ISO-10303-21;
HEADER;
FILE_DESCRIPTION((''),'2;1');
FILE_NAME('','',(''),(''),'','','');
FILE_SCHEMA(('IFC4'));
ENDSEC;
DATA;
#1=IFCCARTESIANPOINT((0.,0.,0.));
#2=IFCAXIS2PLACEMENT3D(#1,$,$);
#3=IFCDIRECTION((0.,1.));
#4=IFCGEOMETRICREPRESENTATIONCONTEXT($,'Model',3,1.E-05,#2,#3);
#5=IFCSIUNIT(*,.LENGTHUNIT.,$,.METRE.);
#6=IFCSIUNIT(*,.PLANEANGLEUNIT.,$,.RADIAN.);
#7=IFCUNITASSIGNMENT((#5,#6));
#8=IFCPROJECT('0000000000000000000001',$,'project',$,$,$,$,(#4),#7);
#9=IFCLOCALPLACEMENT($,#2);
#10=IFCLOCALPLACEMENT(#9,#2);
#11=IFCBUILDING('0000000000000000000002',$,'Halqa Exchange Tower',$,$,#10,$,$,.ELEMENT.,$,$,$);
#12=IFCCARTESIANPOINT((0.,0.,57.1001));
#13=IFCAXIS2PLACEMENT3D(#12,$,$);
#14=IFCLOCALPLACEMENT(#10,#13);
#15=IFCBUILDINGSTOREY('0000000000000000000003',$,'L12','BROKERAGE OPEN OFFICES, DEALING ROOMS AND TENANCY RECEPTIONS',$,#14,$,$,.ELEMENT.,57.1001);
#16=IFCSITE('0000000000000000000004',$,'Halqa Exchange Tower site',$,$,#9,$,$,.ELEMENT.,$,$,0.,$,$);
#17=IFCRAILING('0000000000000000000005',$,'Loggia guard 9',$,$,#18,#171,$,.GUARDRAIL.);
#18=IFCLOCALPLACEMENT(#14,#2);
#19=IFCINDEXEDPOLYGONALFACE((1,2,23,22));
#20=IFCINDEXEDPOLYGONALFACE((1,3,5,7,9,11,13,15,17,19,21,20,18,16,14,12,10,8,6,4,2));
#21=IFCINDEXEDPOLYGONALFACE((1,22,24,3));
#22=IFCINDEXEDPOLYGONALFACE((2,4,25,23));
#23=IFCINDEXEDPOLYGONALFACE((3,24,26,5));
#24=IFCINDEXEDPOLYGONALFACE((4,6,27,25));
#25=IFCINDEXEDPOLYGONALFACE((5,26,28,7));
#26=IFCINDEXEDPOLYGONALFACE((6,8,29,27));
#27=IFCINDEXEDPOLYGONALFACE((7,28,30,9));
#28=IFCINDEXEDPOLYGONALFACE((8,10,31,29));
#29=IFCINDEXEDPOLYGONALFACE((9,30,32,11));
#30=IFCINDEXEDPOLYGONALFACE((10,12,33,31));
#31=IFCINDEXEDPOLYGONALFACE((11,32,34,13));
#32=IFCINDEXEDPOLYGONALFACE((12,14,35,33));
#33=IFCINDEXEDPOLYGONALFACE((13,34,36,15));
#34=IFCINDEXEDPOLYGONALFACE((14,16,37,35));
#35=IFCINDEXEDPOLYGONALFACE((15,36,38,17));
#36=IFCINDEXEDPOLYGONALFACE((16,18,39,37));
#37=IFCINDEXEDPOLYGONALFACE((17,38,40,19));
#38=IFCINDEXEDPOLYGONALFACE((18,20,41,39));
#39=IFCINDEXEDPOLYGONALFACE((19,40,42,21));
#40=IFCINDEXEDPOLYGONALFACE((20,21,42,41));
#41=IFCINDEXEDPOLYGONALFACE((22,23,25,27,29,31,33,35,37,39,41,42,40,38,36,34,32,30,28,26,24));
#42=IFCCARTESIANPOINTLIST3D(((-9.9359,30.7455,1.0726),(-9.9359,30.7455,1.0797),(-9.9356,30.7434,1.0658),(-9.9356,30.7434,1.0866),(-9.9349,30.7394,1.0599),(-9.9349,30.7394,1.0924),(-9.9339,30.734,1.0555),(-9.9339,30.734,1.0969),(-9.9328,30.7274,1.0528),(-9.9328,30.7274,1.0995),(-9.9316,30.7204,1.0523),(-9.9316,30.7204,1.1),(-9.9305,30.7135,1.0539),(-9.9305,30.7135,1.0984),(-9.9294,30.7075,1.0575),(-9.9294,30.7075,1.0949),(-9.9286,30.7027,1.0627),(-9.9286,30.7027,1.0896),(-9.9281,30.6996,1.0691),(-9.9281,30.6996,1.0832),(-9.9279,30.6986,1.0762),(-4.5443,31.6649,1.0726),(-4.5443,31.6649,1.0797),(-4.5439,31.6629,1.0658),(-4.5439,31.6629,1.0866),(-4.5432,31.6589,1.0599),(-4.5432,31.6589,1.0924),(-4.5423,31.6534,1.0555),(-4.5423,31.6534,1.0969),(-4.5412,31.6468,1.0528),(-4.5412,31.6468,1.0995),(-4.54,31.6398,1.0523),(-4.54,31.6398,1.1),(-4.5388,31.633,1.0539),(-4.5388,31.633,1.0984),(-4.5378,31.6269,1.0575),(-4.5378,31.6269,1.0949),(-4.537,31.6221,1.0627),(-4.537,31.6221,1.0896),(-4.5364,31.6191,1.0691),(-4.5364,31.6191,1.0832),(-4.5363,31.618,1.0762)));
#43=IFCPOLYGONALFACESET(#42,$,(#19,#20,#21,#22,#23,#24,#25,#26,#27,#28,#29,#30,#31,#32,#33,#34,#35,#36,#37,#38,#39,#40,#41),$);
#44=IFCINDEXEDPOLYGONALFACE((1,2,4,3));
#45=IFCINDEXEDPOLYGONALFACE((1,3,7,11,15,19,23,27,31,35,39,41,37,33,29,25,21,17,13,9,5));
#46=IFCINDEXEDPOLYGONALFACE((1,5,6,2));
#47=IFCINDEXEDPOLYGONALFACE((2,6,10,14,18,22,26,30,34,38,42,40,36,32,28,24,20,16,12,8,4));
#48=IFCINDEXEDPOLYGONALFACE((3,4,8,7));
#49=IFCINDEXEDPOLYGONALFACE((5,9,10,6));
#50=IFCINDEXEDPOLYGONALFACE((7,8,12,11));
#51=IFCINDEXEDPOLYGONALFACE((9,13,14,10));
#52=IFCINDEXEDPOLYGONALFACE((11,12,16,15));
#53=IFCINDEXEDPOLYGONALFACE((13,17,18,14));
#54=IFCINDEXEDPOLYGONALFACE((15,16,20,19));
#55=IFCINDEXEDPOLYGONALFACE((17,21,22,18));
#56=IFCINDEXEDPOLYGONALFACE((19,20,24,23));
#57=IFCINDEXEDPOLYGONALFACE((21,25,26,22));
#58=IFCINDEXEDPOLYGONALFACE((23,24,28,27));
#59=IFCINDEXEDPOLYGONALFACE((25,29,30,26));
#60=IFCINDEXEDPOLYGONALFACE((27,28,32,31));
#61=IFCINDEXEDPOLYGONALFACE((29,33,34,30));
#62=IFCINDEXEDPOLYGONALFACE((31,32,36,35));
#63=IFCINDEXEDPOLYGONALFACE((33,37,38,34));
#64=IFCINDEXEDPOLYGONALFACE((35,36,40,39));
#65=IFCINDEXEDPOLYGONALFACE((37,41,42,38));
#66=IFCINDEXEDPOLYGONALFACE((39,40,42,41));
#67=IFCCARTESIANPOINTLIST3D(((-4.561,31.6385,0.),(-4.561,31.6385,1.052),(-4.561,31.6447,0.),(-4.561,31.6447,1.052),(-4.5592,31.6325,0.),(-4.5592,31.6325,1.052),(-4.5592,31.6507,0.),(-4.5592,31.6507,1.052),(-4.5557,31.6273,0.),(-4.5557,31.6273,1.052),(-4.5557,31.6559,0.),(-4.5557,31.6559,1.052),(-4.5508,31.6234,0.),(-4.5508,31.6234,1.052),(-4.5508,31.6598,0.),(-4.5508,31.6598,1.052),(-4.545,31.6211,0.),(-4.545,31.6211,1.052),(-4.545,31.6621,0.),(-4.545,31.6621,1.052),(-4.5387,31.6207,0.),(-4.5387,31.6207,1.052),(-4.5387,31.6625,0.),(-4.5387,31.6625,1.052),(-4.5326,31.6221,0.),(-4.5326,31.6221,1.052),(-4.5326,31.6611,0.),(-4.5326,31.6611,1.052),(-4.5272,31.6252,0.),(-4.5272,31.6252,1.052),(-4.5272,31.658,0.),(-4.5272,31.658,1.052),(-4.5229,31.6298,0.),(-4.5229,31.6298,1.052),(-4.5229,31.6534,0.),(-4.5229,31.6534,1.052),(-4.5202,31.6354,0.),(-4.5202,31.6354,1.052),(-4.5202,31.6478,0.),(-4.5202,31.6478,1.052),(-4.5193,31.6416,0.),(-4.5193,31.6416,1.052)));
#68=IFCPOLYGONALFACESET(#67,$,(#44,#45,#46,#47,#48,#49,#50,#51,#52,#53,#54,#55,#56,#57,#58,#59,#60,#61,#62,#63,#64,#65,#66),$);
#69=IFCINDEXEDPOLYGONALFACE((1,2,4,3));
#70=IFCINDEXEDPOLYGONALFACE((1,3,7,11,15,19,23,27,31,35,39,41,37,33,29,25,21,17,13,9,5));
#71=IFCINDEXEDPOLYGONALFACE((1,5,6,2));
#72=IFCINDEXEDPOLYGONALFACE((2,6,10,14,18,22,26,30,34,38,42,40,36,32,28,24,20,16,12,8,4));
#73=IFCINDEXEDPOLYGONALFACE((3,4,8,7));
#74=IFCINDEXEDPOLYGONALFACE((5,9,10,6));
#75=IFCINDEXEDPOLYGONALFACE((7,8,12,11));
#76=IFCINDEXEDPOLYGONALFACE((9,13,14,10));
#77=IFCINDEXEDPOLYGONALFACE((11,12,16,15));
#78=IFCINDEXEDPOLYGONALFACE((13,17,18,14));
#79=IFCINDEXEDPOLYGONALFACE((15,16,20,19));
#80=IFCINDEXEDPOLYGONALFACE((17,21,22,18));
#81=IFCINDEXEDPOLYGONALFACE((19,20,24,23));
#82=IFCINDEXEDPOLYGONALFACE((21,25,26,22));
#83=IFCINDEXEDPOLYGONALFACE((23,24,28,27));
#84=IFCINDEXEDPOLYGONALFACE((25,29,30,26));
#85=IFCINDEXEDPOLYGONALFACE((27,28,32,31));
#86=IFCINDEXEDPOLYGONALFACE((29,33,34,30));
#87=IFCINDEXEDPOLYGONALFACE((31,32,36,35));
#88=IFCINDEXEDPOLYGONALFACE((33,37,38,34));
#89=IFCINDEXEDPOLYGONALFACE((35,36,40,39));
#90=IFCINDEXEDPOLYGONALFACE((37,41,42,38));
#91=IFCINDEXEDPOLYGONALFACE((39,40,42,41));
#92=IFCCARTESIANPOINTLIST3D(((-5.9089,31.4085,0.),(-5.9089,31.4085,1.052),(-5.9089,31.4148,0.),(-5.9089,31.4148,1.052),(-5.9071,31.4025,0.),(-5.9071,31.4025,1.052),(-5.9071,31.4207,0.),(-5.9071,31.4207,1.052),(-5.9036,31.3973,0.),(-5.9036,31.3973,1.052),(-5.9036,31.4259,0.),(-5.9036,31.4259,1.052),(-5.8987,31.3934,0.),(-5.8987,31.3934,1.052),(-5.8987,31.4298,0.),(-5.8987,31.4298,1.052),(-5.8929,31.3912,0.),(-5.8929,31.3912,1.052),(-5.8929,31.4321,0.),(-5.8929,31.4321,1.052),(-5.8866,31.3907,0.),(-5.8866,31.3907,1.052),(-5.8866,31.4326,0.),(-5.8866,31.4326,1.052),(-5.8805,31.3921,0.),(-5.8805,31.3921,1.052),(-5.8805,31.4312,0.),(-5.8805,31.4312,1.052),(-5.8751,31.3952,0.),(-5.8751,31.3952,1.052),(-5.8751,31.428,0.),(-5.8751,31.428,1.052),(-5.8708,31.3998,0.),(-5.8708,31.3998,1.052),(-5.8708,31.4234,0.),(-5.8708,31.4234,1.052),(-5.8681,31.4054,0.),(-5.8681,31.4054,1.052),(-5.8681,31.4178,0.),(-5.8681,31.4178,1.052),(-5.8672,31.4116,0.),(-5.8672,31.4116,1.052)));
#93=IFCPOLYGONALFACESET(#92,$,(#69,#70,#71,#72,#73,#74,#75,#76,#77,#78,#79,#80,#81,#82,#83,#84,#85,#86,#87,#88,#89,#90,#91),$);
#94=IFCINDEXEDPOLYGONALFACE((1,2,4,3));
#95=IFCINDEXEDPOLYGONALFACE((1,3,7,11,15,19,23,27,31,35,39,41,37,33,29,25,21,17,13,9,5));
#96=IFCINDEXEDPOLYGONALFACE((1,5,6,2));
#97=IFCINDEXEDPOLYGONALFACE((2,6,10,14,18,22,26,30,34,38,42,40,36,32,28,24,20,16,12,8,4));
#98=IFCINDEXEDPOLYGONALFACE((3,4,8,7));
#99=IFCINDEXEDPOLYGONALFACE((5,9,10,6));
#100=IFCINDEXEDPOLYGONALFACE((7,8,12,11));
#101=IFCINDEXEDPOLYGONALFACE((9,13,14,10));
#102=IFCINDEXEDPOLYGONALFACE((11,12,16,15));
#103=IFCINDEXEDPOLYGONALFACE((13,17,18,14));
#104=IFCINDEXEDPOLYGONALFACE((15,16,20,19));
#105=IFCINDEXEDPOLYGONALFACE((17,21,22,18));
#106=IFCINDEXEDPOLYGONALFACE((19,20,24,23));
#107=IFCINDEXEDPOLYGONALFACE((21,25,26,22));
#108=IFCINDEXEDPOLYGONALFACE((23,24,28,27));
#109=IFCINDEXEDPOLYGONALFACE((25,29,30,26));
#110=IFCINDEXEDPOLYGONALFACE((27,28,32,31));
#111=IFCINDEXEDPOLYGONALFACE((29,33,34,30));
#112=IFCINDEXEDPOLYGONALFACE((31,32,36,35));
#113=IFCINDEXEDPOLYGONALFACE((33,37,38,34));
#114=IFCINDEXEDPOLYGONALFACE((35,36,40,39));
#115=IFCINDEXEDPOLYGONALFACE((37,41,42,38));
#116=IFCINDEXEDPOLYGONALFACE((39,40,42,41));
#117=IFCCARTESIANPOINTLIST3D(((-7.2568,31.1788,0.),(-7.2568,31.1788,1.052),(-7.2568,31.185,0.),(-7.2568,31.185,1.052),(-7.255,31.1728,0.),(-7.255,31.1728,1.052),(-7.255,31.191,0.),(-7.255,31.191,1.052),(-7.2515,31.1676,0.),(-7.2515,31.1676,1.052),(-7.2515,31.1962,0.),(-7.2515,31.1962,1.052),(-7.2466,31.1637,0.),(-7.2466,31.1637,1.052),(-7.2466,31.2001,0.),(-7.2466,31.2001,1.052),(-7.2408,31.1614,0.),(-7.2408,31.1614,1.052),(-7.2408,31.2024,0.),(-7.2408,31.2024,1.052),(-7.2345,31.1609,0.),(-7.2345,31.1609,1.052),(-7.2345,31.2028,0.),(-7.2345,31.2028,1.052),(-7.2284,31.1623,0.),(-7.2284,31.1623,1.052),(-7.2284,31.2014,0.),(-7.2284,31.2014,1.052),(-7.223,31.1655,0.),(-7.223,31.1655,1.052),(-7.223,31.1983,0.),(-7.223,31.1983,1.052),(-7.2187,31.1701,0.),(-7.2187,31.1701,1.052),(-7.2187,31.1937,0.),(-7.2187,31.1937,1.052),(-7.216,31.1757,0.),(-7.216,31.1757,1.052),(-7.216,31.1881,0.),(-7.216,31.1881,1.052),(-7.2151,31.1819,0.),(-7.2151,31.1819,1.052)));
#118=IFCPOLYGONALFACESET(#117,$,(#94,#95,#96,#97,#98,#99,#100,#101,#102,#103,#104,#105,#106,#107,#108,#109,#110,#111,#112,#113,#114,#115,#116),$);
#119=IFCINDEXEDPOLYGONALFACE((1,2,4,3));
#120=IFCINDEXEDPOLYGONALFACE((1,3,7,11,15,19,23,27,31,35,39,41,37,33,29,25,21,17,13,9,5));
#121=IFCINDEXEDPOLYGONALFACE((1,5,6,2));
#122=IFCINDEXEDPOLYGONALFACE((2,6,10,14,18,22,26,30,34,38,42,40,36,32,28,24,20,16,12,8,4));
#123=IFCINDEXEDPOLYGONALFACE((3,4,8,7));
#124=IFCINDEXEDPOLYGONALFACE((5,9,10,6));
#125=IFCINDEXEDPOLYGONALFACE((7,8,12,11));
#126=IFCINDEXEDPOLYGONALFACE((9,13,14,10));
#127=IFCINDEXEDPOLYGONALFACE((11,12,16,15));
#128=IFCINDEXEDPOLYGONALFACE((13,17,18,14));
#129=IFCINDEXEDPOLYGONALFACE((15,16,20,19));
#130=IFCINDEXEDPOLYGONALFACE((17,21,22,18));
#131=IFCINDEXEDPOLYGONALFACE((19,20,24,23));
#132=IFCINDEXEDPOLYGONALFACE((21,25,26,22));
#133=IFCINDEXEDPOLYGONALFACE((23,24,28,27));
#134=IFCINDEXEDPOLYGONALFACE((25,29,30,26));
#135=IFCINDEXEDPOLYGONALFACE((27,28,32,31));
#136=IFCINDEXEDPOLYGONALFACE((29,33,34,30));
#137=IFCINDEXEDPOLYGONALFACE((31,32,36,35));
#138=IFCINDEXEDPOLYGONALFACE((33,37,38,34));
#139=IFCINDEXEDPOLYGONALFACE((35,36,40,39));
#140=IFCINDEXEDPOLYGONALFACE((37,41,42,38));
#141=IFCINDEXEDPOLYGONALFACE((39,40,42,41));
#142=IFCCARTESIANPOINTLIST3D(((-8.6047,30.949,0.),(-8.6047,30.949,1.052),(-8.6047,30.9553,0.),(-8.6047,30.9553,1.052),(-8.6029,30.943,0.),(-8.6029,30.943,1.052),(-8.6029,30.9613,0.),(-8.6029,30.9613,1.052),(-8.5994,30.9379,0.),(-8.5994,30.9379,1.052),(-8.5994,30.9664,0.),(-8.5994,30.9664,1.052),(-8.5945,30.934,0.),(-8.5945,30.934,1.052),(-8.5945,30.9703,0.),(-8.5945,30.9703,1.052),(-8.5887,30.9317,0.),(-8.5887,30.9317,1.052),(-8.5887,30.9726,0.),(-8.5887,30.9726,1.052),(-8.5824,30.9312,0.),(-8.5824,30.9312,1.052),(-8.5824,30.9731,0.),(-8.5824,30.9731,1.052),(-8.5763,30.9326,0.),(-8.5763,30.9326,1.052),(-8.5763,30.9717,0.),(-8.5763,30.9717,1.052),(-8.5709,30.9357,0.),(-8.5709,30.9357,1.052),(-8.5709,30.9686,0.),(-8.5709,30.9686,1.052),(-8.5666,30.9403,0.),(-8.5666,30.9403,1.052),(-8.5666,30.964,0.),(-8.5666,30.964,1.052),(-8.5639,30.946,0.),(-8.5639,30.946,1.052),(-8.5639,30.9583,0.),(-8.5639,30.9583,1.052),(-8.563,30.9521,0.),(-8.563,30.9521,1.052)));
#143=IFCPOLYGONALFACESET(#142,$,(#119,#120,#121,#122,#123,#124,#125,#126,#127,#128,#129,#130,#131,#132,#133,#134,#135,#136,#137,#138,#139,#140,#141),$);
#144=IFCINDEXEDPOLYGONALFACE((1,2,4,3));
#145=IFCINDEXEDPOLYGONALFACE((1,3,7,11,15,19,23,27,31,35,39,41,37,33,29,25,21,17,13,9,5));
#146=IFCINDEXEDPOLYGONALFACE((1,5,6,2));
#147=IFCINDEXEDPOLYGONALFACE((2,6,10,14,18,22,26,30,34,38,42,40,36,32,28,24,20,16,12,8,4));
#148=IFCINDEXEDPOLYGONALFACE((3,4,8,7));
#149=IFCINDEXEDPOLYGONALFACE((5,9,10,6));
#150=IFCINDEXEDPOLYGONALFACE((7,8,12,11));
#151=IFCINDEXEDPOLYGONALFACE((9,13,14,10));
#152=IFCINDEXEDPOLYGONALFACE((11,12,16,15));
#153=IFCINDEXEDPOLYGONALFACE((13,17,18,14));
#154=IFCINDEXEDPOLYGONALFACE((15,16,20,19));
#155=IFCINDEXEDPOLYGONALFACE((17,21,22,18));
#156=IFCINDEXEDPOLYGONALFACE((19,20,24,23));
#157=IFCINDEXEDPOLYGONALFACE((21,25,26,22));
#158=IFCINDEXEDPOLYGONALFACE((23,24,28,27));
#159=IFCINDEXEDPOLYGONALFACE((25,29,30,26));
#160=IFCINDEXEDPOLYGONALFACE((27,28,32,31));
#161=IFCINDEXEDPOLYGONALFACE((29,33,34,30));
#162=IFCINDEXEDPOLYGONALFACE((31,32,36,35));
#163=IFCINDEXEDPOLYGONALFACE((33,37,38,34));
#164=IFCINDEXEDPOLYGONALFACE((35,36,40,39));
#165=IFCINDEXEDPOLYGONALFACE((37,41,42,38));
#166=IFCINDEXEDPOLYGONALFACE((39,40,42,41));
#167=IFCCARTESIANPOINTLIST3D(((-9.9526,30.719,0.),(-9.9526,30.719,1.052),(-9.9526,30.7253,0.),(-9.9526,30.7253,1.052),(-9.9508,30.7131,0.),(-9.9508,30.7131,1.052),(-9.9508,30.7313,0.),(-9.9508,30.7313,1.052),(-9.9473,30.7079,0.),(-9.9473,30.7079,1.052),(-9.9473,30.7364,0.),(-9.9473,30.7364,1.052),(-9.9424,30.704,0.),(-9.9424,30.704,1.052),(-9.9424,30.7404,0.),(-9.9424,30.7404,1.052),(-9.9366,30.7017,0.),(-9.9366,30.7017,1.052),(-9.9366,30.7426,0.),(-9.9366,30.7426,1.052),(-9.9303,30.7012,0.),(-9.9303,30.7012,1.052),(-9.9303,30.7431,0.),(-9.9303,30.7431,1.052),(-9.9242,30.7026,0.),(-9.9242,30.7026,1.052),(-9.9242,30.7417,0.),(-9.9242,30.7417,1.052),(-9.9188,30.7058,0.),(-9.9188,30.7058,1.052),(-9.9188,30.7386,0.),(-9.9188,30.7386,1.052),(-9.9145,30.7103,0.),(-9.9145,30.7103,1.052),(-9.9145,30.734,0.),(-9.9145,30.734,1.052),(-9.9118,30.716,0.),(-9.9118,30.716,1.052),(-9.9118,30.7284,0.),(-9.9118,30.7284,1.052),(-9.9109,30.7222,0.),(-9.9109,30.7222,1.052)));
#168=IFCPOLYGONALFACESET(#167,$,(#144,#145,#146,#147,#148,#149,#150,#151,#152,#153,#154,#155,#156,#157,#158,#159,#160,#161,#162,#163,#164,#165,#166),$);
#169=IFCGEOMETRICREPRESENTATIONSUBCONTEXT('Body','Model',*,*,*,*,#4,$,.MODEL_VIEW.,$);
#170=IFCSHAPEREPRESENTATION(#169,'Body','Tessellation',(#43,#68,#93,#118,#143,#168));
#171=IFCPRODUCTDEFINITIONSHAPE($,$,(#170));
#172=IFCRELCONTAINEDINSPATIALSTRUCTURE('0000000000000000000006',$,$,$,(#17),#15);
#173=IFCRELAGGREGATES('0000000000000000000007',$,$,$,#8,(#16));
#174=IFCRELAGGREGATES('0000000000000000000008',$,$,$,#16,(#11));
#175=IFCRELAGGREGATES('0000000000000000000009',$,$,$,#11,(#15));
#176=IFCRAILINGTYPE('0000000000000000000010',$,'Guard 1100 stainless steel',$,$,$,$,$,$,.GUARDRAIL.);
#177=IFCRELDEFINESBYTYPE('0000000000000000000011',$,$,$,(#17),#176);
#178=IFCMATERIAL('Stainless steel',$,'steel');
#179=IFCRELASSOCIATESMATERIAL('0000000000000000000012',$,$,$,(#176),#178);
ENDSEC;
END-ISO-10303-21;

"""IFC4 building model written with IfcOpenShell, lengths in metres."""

from ifc_helpers import new_model, si_unit, direction, frame, origin, origin_2d, place, context, subcontext, project, spatial, circle, extrude, material, type_object, element, save


model = new_model("IFC4")

# Units and contexts
model_context = context("Model", 3, precision=1e-05, world=origin(), true_north=direction((0.0, 1.0)))
body_context = subcontext(model_context, "Body", "Model", "MODEL_VIEW")
ifc_project = project(units=[si_unit("LENGTHUNIT", "METRE"), si_unit("PLANEANGLEUNIT", "RADIAN")], contexts=[model_context])

# Site, building, storey
site_placement = place(None, origin())
site = spatial("IfcSite", under=ifc_project, at=site_placement, Name="Halqa Exchange Tower site", CompositionType="ELEMENT", RefElevation=0.0)
building_placement = place(site_placement, origin())
building = spatial("IfcBuilding", under=site, at=building_placement, Name="Halqa Exchange Tower", CompositionType="ELEMENT")
storey_placement = place(building_placement, frame((0.0, 0.0, 57.1001)))
storey = spatial("IfcBuildingStorey", under=building, at=storey_placement, Name="L12", Description="BROKERAGE OPEN OFFICES, DEALING ROOMS AND TENANCY RECEPTIONS", CompositionType="ELEMENT", Elevation=57.1001)

# Railing
ifc_material_1 = material(Name="Stainless steel", Category="steel")
railing_type_1 = type_object("IfcRailingType", Name="Guard 1100 stainless steel", PredefinedType="GUARDRAIL", material=ifc_material_1)
railing_1_placement = place(storey_placement, frame((-4.5403, 31.6416, 0.0)))
element("IfcRailing", 1, at=railing_1_placement, inside=storey, type_object=railing_type_1, Name="Loggia guard 9", PredefinedType="GUARDRAIL", context=body_context, shape_type="SweptSolid", body=[
    extrude(circle(Radius=0.0239, at=origin_2d()), frame((0.0, 0.0, 1.0762), z_axis=(-0.985769, -0.168104, 0.0), x_axis=(0.168104, -0.985769, 0.0)), (0.0, 0.0, 1.0), 5.4695),
    extrude(circle(Radius=0.021, at=origin_2d()), origin(), (0.0, 0.0, 1.0), 1.052),
    extrude(circle(Radius=0.021, at=origin_2d()), frame((-1.3479, -0.23, 0.0)), (0.0, 0.0, 1.0), 1.052),
    extrude(circle(Radius=0.021, at=origin_2d()), frame((-2.6958, -0.4597, 0.0)), (0.0, 0.0, 1.0), 1.052),
    extrude(circle(Radius=0.021, at=origin_2d()), frame((-4.0437, -0.6895, 0.0)), (0.0, 0.0, 1.0), 1.052),
    extrude(circle(Radius=0.021, at=origin_2d()), frame((-5.3916, -0.9194, 0.0)), (0.0, 0.0, 1.0), 1.052),
])

save(model, "model.ifc")
